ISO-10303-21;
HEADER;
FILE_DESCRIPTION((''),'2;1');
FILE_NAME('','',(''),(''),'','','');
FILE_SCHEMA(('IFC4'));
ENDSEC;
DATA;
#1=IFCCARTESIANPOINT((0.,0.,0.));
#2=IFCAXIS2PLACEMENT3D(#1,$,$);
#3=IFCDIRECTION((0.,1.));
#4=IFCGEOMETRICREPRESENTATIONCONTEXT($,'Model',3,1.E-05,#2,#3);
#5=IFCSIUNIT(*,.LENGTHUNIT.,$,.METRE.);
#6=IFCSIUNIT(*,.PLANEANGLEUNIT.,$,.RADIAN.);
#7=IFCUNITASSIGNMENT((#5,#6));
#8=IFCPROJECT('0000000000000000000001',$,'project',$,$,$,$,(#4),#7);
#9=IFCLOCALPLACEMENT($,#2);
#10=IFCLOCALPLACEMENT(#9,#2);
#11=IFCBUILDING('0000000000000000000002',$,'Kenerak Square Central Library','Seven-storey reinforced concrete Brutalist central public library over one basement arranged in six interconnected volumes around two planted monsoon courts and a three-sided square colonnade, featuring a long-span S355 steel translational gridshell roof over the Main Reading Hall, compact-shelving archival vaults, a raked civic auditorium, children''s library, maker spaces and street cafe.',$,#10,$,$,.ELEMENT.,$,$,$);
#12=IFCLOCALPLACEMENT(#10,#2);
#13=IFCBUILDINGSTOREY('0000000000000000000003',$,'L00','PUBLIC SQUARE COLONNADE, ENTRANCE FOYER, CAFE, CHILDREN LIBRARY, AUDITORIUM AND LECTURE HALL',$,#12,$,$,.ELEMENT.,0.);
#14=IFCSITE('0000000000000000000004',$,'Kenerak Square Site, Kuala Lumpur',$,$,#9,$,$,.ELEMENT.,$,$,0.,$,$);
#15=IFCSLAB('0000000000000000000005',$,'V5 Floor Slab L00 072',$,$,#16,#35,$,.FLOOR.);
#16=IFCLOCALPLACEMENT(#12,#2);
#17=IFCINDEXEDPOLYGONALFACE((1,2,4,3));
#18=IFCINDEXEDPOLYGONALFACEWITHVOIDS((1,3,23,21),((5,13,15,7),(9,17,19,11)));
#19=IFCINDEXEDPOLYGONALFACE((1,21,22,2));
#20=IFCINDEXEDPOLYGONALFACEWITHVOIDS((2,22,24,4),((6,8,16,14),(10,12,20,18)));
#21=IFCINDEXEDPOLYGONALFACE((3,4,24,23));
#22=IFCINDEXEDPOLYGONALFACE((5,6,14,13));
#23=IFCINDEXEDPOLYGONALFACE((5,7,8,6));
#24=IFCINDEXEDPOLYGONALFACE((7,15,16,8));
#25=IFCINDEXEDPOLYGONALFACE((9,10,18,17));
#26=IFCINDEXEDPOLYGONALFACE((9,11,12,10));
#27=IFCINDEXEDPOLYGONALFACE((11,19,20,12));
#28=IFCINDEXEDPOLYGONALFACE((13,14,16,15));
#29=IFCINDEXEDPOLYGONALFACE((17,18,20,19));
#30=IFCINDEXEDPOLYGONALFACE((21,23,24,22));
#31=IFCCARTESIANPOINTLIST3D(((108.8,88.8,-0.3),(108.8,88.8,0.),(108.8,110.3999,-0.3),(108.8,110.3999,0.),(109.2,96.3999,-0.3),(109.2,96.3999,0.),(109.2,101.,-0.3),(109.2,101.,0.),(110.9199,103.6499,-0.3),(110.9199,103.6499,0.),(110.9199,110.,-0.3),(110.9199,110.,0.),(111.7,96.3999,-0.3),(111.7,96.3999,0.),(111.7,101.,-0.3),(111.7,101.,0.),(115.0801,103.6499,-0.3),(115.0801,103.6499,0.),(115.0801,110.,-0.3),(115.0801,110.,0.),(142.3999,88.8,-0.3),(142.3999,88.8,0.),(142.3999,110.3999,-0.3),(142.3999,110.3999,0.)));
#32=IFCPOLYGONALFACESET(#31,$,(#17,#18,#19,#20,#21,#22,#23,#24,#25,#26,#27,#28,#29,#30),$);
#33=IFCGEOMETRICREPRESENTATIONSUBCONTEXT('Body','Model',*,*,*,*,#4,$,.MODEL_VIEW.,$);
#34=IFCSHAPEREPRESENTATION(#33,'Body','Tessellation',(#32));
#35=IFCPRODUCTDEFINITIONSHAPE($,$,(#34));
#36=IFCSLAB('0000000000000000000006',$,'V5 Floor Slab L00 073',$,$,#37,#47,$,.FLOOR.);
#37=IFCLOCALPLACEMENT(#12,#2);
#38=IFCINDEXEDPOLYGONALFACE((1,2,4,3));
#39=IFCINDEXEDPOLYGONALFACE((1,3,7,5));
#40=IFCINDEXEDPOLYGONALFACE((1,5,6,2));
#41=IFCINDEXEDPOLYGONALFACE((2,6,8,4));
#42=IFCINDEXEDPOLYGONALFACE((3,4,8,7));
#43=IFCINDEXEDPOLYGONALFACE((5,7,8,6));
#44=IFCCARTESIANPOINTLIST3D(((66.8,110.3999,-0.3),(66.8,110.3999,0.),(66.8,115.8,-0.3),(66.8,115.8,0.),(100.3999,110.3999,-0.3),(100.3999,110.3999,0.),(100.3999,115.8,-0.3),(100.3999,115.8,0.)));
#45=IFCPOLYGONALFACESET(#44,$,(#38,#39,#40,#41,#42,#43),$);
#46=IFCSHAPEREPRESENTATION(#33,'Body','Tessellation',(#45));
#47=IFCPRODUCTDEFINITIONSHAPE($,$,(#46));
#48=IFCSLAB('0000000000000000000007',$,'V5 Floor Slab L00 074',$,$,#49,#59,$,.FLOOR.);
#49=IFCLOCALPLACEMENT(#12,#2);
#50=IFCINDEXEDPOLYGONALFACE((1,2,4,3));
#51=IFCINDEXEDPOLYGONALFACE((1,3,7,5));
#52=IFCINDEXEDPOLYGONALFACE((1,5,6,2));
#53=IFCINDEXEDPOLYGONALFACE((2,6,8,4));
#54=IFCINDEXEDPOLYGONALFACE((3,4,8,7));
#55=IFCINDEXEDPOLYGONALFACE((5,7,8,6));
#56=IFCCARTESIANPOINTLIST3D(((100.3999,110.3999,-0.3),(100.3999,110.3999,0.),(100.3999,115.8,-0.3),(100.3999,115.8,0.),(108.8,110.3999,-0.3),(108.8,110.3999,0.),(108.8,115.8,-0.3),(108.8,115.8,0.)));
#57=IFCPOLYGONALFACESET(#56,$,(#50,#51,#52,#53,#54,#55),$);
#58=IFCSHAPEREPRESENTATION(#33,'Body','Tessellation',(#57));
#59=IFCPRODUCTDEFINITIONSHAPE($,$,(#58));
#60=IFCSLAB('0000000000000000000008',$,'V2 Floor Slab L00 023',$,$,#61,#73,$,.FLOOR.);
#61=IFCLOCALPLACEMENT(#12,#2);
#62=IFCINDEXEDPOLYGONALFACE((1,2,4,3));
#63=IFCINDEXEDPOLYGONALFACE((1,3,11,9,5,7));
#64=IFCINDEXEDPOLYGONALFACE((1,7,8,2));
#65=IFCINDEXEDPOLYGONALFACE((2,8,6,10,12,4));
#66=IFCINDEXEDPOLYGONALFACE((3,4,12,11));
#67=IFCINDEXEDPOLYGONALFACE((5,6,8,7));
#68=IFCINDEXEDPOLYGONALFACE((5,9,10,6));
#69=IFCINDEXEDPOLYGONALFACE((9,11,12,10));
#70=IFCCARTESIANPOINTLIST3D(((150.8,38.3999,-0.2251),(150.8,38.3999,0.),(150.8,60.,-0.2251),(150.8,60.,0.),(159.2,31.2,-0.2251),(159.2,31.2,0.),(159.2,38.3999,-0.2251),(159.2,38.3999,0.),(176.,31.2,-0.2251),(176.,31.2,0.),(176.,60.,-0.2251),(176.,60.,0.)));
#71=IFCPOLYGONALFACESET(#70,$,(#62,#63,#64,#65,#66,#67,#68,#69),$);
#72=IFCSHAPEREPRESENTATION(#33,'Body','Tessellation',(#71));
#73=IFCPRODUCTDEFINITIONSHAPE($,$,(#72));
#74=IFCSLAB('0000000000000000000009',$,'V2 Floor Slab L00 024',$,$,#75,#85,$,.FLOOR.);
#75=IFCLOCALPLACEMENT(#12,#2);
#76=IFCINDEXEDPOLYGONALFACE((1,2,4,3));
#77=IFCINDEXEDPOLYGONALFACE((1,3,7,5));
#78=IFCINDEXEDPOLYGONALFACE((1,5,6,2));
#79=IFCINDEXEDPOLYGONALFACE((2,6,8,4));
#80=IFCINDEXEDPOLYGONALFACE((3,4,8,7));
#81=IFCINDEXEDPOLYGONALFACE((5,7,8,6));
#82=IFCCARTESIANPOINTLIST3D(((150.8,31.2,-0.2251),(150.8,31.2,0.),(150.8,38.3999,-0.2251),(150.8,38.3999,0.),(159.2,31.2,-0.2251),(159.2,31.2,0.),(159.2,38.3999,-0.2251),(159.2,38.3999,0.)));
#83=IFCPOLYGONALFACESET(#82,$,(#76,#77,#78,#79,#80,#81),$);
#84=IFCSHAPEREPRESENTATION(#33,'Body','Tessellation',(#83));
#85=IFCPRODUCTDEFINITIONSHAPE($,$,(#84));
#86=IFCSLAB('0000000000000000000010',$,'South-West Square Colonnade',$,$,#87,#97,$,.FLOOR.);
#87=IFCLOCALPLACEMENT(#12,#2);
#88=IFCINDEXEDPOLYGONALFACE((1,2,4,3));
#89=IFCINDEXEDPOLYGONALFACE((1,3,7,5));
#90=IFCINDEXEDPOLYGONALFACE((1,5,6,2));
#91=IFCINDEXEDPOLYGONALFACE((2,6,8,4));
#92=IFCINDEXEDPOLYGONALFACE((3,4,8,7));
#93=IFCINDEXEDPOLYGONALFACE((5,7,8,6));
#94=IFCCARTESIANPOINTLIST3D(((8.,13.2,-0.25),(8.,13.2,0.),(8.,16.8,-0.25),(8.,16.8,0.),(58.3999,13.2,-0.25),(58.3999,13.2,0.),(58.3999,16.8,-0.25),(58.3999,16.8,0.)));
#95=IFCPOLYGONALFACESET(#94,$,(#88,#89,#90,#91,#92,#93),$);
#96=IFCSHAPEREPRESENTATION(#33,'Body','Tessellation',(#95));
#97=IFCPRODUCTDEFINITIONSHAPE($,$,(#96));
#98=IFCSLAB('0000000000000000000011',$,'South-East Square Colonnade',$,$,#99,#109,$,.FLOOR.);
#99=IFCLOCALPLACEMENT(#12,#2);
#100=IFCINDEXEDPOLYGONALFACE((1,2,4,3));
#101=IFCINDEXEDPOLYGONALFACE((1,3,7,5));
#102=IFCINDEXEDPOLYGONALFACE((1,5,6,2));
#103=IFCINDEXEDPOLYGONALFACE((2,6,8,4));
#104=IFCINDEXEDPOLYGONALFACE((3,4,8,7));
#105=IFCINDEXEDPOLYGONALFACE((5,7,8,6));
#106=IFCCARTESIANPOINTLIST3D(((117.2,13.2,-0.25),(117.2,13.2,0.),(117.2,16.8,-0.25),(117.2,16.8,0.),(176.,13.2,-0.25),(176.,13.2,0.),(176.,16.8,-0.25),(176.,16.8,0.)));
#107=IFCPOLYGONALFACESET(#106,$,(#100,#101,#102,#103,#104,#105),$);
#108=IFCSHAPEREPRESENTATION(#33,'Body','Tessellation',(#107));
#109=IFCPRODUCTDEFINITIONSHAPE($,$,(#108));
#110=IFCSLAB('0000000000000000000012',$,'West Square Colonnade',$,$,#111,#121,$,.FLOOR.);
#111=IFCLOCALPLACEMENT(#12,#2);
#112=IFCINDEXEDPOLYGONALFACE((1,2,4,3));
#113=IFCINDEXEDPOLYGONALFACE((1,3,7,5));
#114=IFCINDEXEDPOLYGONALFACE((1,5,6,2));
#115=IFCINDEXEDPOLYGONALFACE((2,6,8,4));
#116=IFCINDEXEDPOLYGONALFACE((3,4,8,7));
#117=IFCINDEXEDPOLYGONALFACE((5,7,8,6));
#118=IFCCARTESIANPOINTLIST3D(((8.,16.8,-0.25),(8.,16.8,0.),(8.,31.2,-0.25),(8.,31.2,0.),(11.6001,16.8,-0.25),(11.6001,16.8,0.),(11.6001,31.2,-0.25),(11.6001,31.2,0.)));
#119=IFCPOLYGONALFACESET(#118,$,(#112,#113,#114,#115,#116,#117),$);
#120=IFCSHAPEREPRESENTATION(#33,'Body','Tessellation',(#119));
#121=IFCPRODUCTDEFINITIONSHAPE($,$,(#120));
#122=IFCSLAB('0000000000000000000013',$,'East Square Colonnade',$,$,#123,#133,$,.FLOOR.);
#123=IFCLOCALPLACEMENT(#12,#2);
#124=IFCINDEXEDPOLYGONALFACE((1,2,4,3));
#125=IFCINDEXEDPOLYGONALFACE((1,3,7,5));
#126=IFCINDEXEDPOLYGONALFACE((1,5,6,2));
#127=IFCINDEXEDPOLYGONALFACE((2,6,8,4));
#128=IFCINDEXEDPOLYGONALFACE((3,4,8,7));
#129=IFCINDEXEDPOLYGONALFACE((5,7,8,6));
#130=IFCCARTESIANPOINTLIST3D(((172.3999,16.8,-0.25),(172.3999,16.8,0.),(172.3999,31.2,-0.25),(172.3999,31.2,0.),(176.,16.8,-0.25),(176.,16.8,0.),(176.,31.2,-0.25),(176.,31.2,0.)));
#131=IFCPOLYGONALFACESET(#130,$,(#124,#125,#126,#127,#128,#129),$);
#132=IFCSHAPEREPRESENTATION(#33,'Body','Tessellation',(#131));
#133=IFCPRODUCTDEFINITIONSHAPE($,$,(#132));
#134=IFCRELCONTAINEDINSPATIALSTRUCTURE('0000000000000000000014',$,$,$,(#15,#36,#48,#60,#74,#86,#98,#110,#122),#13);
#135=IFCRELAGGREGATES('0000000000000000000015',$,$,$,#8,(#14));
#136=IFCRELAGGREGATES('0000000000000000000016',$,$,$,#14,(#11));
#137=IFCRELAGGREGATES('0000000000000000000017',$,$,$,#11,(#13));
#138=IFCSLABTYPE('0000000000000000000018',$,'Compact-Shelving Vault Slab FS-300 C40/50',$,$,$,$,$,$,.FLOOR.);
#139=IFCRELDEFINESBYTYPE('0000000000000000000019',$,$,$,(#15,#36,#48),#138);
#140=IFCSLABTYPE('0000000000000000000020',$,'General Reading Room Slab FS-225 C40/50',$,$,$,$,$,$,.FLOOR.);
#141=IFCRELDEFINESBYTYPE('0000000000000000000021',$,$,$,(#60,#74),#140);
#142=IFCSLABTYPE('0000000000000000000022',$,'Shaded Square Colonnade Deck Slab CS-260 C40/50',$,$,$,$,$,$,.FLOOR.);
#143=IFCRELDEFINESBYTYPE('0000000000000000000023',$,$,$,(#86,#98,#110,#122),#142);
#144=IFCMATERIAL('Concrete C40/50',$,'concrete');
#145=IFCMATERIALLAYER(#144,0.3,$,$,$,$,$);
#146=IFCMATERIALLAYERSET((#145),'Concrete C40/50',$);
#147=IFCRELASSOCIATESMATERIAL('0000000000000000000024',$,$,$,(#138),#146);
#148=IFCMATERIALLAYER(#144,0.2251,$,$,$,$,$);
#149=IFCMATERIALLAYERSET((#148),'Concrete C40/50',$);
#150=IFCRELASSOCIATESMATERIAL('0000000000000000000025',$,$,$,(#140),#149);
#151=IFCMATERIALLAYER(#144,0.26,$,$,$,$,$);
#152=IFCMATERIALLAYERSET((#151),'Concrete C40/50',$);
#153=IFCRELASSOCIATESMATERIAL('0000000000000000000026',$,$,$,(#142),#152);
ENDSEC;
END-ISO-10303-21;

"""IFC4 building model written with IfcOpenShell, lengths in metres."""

from ifc_helpers import new_model, si_unit, direction, frame, origin, place, context, subcontext, project, spatial, polyline, outline, extrude, material, layer, layer_set, type_object, element, save


model = new_model("IFC4")

# Units and contexts
model_context = context("Model", 3, precision=1e-05, world=origin(), true_north=direction((0.0, 1.0)))
body_context = subcontext(model_context, "Body", "Model", "MODEL_VIEW")
ifc_project = project(units=[si_unit("LENGTHUNIT", "METRE"), si_unit("PLANEANGLEUNIT", "RADIAN")], contexts=[model_context])

# Site, building, storey
site_placement = place(None, origin())
site = spatial("IfcSite", under=ifc_project, at=site_placement, Name="Kenerak Square Site, Kuala Lumpur", CompositionType="ELEMENT", RefElevation=0.0)
building_placement = place(site_placement, origin())
building = spatial("IfcBuilding", under=site, at=building_placement, Name="Kenerak Square Central Library", Description="Seven-storey reinforced concrete Brutalist central public library over one basement arranged in six interconnected volumes around two planted monsoon courts and a three-sided square colonnade, featuring a long-span S355 steel translational gridshell roof over the Main Reading Hall, compact-shelving archival vaults, a raked civic auditorium, children's library, maker spaces and street cafe.", CompositionType="ELEMENT")
storey_placement = place(building_placement, origin())
storey = spatial("IfcBuildingStorey", under=building, at=storey_placement, Name="L00", Description="PUBLIC SQUARE COLONNADE, ENTRANCE FOYER, CAFE, CHILDREN LIBRARY, AUDITORIUM AND LECTURE HALL", CompositionType="ELEMENT", Elevation=0.0)

# Slabs
ifc_material = material(Name="Concrete C40/50", Category="concrete")
ifc_layer_1 = layer(ifc_material, 0.3)
ifc_layer_set_1 = layer_set([ifc_layer_1], Name="Concrete C40/50")
slab_type_1 = type_object("IfcSlabType", Name="Compact-Shelving Vault Slab FS-300 C40/50", PredefinedType="FLOOR", material=ifc_layer_set_1)
slab_1_placement = place(storey_placement, frame((0.0, 0.0, -0.3)))
element("IfcSlab", 1, at=slab_1_placement, inside=storey, type_object=slab_type_1, Name="V5 Floor Slab L00 072", PredefinedType="FLOOR", context=body_context, shape_type="SweptSolid", body=[
    extrude(outline(polyline([(142.3999, 88.8), (142.3999, 110.3999), (108.8, 110.3999), (108.8, 88.8), (142.3999, 88.8)]), holes=[polyline([(115.0801, 103.6499), (115.0801, 110.0), (110.9199, 110.0), (110.9199, 103.6499), (115.0801, 103.6499)]), polyline([(109.2, 96.3999), (111.7, 96.3999), (111.7, 101.0), (109.2, 101.0), (109.2, 96.3999)])]), origin(), (0.0, 0.0, 1.0), 0.3),
])
slab_2_placement = place(storey_placement, frame((0.0, 0.0, -0.3)))
element("IfcSlab", 2, at=slab_2_placement, inside=storey, type_object=slab_type_1, Name="V5 Floor Slab L00 073", PredefinedType="FLOOR", context=body_context, shape_type="SweptSolid", body=[
    extrude(outline(polyline([(100.3999, 110.3999), (100.3999, 115.8), (66.8, 115.8), (66.8, 110.3999), (100.3999, 110.3999)])), origin(), (0.0, 0.0, 1.0), 0.3),
])
slab_3_placement = place(storey_placement, frame((0.0, 0.0, -0.3)))
element("IfcSlab", 3, at=slab_3_placement, inside=storey, type_object=slab_type_1, Name="V5 Floor Slab L00 074", PredefinedType="FLOOR", context=body_context, shape_type="SweptSolid", body=[
    extrude(outline(polyline([(108.8, 110.3999), (108.8, 115.8), (100.3999, 115.8), (100.3999, 110.3999), (108.8, 110.3999)])), origin(), (0.0, 0.0, 1.0), 0.3),
])
ifc_layer_2 = layer(ifc_material, 0.2251)
ifc_layer_set_2 = layer_set([ifc_layer_2], Name="Concrete C40/50")
slab_type_2 = type_object("IfcSlabType", Name="General Reading Room Slab FS-225 C40/50", PredefinedType="FLOOR", material=ifc_layer_set_2)
slab_4_placement = place(storey_placement, frame((0.0, 0.0, -0.2251)))
element("IfcSlab", 4, at=slab_4_placement, inside=storey, type_object=slab_type_2, Name="V2 Floor Slab L00 023", PredefinedType="FLOOR", context=body_context, shape_type="SweptSolid", body=[
    extrude(outline(polyline([(150.8, 60.0), (176.0, 60.0), (176.0, 31.2), (159.2, 31.2), (159.2, 38.3999), (150.8, 38.3999), (150.8, 60.0)])), origin(), (0.0, 0.0, 1.0), 0.2251),
])
slab_5_placement = place(storey_placement, frame((0.0, 0.0, -0.2251)))
element("IfcSlab", 5, at=slab_5_placement, inside=storey, type_object=slab_type_2, Name="V2 Floor Slab L00 024", PredefinedType="FLOOR", context=body_context, shape_type="SweptSolid", body=[
    extrude(outline(polyline([(159.2, 31.2), (159.2, 38.3999), (150.8, 38.3999), (150.8, 31.2), (159.2, 31.2)])), origin(), (0.0, 0.0, 1.0), 0.2251),
])
ifc_layer_3 = layer(ifc_material, 0.26)
ifc_layer_set_3 = layer_set([ifc_layer_3], Name="Concrete C40/50")
slab_type_3 = type_object("IfcSlabType", Name="Shaded Square Colonnade Deck Slab CS-260 C40/50", PredefinedType="FLOOR", material=ifc_layer_set_3)
slab_6_placement = place(storey_placement, frame((0.0, 0.0, -0.25)))
element("IfcSlab", 6, at=slab_6_placement, inside=storey, type_object=slab_type_3, Name="South-West Square Colonnade", PredefinedType="FLOOR", context=body_context, shape_type="SweptSolid", body=[
    extrude(outline(polyline([(8.0, 13.2), (58.3999, 13.2), (58.3999, 16.8), (8.0, 16.8), (8.0, 13.2)])), origin(), (0.0, 0.0, 1.0), 0.25),
])
slab_7_placement = place(storey_placement, frame((0.0, 0.0, -0.25)))
element("IfcSlab", 7, at=slab_7_placement, inside=storey, type_object=slab_type_3, Name="South-East Square Colonnade", PredefinedType="FLOOR", context=body_context, shape_type="SweptSolid", body=[
    extrude(outline(polyline([(117.2, 13.2), (176.0, 13.2), (176.0, 16.8), (117.2, 16.8), (117.2, 13.2)])), origin(), (0.0, 0.0, 1.0), 0.25),
])
slab_8_placement = place(storey_placement, frame((0.0, 0.0, -0.25)))
element("IfcSlab", 8, at=slab_8_placement, inside=storey, type_object=slab_type_3, Name="West Square Colonnade", PredefinedType="FLOOR", context=body_context, shape_type="SweptSolid", body=[
    extrude(outline(polyline([(8.0, 16.8), (11.6001, 16.8), (11.6001, 31.2), (8.0, 31.2), (8.0, 16.8)])), origin(), (0.0, 0.0, 1.0), 0.25),
])
slab_9_placement = place(storey_placement, frame((0.0, 0.0, -0.25)))
element("IfcSlab", 9, at=slab_9_placement, inside=storey, type_object=slab_type_3, Name="East Square Colonnade", PredefinedType="FLOOR", context=body_context, shape_type="SweptSolid", body=[
    extrude(outline(polyline([(172.3999, 16.8), (176.0, 16.8), (176.0, 31.2), (172.3999, 31.2), (172.3999, 16.8)])), origin(), (0.0, 0.0, 1.0), 0.25),
])

save(model, "model.ifc")
